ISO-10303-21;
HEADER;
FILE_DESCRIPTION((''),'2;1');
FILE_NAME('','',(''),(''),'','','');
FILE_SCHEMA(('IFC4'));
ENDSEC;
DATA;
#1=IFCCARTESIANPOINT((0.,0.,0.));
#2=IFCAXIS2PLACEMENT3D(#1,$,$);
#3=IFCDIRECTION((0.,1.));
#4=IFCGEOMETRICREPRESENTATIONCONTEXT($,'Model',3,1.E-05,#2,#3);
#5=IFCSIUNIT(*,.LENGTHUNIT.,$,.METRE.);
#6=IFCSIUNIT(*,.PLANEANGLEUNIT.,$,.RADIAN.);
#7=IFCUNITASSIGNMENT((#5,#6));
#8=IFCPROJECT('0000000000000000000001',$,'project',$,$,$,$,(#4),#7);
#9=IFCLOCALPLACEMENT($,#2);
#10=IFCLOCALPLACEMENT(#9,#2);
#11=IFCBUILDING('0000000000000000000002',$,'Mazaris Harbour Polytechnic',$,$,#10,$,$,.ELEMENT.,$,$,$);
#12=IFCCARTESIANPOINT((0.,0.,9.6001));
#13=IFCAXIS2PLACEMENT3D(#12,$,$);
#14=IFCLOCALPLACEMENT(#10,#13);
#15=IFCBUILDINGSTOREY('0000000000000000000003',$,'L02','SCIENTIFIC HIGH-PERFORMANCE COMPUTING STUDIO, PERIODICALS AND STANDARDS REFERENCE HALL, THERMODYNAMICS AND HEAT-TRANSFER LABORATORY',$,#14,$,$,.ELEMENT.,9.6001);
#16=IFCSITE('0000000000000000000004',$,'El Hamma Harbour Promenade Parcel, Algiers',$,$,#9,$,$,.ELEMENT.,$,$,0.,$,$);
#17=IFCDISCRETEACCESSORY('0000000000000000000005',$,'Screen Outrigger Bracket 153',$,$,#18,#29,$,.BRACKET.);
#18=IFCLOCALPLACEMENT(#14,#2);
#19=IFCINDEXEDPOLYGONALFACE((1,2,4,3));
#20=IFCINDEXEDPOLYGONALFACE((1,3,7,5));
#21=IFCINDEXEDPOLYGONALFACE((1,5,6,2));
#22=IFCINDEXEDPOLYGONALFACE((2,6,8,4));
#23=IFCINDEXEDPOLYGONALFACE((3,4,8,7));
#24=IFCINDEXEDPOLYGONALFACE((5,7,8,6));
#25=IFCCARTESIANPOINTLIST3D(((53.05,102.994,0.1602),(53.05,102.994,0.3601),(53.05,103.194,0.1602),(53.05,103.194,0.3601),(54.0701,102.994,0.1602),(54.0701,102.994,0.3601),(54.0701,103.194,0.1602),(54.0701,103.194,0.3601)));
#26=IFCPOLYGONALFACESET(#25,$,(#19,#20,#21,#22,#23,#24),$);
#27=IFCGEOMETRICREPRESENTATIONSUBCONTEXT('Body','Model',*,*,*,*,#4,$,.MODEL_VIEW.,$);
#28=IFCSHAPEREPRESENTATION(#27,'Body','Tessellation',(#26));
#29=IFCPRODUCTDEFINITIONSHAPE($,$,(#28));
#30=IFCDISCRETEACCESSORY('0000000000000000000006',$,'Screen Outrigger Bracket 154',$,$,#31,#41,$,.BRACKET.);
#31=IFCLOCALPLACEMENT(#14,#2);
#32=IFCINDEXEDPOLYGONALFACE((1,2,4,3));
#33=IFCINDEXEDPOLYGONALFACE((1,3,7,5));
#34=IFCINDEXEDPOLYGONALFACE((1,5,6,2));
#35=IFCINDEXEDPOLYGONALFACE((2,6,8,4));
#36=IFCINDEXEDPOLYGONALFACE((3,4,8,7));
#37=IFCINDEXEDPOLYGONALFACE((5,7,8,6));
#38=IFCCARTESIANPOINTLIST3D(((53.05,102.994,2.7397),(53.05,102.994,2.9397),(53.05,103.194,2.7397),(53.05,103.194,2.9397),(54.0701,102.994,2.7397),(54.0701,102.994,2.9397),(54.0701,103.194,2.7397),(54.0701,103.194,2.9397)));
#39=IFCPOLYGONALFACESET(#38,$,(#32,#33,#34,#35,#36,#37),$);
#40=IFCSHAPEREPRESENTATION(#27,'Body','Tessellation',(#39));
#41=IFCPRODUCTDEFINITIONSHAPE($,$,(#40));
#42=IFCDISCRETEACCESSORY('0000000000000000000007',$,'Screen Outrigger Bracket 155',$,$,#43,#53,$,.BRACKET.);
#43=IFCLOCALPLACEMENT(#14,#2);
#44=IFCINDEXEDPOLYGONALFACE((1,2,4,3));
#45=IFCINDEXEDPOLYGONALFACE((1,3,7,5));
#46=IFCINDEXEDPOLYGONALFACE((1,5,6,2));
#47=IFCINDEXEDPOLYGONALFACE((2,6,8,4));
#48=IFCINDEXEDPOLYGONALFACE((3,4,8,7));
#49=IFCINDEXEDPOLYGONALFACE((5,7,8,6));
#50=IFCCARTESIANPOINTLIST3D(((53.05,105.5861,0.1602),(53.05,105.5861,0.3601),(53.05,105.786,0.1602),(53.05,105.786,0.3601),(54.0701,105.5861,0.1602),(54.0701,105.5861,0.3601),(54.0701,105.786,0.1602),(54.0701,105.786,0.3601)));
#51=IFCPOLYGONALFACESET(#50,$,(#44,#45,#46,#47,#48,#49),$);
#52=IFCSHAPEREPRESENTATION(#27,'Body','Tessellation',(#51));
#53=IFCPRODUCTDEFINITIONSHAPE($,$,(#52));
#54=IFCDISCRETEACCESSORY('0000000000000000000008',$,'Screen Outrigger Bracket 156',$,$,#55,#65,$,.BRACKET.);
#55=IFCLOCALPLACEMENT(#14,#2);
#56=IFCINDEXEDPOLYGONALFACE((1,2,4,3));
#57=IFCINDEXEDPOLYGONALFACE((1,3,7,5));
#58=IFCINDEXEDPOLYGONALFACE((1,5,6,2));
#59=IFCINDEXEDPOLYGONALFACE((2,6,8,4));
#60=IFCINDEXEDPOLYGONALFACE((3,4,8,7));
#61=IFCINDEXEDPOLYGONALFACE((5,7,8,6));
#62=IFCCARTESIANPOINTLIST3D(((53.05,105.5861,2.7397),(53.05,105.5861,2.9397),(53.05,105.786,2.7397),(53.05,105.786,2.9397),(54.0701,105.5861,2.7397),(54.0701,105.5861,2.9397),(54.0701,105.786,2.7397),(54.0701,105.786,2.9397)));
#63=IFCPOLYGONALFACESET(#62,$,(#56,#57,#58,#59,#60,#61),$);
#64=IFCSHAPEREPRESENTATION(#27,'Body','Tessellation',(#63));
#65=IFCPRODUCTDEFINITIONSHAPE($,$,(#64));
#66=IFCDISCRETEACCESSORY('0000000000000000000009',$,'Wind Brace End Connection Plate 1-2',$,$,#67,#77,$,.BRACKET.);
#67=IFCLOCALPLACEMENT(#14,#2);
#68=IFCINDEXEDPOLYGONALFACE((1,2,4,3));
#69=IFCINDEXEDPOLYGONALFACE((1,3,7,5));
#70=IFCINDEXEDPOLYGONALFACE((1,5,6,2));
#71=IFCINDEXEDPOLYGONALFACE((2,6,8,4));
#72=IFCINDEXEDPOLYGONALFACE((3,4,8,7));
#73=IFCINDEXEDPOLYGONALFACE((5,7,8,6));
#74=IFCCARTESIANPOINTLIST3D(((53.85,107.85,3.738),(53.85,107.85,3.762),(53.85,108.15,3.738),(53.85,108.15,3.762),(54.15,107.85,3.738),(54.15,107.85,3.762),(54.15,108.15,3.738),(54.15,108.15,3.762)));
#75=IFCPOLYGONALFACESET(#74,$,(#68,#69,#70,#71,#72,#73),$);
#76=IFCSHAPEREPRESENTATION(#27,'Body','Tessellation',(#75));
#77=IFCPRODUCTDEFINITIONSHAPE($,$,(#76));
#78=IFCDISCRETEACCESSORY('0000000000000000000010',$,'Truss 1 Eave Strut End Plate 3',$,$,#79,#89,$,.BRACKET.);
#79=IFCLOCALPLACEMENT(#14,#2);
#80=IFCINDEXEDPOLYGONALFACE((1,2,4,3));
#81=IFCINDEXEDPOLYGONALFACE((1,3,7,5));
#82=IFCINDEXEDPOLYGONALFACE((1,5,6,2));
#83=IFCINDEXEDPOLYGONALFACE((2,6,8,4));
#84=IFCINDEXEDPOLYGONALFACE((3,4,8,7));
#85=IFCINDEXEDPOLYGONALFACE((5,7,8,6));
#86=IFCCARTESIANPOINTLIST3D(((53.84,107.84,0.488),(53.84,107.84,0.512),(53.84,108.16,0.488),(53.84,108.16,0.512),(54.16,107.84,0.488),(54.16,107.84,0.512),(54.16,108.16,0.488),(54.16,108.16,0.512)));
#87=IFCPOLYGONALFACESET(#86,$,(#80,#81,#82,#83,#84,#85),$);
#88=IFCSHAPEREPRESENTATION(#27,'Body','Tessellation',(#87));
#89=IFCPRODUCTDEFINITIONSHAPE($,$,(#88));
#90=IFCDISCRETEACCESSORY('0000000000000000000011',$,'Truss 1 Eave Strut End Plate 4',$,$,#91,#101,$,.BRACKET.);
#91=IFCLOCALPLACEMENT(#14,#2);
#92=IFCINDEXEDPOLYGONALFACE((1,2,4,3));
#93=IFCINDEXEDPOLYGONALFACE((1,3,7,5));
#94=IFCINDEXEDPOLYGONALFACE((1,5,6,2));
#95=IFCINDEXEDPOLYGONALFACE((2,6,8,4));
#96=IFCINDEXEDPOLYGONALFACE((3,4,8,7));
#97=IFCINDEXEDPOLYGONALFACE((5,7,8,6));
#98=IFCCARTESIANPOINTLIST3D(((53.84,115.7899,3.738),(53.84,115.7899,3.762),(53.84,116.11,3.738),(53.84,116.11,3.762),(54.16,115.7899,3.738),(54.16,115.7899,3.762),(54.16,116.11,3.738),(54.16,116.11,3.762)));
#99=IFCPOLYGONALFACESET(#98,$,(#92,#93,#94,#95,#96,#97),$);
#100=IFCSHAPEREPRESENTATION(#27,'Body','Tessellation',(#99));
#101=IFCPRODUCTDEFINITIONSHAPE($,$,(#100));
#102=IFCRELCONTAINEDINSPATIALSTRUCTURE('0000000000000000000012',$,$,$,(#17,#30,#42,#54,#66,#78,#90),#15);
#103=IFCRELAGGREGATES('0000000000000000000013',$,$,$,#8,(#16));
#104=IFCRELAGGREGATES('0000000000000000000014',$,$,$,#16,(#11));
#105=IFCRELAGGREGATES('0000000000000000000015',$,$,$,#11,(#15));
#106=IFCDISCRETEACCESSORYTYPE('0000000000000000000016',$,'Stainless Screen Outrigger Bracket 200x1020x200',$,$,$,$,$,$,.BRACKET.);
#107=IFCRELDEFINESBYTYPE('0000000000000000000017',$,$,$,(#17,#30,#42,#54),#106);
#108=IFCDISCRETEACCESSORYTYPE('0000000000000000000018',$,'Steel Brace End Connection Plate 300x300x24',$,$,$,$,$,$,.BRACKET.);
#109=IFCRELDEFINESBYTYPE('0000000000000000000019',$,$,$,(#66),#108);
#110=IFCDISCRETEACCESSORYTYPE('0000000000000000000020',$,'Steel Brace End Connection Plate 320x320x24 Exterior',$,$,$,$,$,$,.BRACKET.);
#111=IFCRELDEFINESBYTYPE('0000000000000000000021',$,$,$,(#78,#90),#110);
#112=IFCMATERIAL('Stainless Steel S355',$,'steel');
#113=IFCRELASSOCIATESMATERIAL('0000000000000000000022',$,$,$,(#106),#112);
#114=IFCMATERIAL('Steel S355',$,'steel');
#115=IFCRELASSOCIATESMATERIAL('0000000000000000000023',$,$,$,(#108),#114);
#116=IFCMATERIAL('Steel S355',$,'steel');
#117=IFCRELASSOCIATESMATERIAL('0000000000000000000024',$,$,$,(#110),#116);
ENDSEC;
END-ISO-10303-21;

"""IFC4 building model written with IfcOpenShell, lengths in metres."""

from ifc_helpers import new_model, si_unit, direction, frame, origin, origin_2d, place, context, subcontext, project, spatial, rectangle, extrude, material, type_object, element, save


model = new_model("IFC4")

# Units and contexts
model_context = context("Model", 3, precision=1e-05, world=origin(), true_north=direction((0.0, 1.0)))
body_context = subcontext(model_context, "Body", "Model", "MODEL_VIEW")
ifc_project = project(units=[si_unit("LENGTHUNIT", "METRE"), si_unit("PLANEANGLEUNIT", "RADIAN")], contexts=[model_context])

# Site, building, storey
site_placement = place(None, origin())
site = spatial("IfcSite", under=ifc_project, at=site_placement, Name="El Hamma Harbour Promenade Parcel, Algiers", CompositionType="ELEMENT", RefElevation=0.0)
building_placement = place(site_placement, origin())
building = spatial("IfcBuilding", under=site, at=building_placement, Name="Mazaris Harbour Polytechnic", CompositionType="ELEMENT")
storey_placement = place(building_placement, frame((0.0, 0.0, 9.6001)))
storey = spatial("IfcBuildingStorey", under=building, at=storey_placement, Name="L02", Description="SCIENTIFIC HIGH-PERFORMANCE COMPUTING STUDIO, PERIODICALS AND STANDARDS REFERENCE HALL, THERMODYNAMICS AND HEAT-TRANSFER LABORATORY", CompositionType="ELEMENT", Elevation=9.6001)

# Discrete accessories
ifc_material_1 = material(Name="Stainless Steel S355", Category="steel")
discrete_accessory_type_1 = type_object("IfcDiscreteAccessoryType", Name="Stainless Screen Outrigger Bracket 200x1020x200", PredefinedType="BRACKET", material=ifc_material_1)
for number, where, z_axis, x_axis, name in (
    (1, (53.5601, 103.094, 0.1602), (0.0, 0.0, 1.0), (0.0, 1.0, 0.0), "Screen Outrigger Bracket 153"),
    (2, (53.5601, 103.094, 2.7397), (0.0, 0.0, 1.0), (0.0, 1.0, 0.0), "Screen Outrigger Bracket 154"),
    (3, (53.5601, 105.686, 0.1602), (0.0, 0.0, 1.0), (0.0, 1.0, 0.0), "Screen Outrigger Bracket 155"),
    (4, (53.5601, 105.686, 2.7397), (0.0, 0.0, 1.0), (0.0, 1.0, 0.0), "Screen Outrigger Bracket 156"),
):
    element("IfcDiscreteAccessory", number, at=place(storey_placement, frame(where, z_axis=z_axis, x_axis=x_axis)), inside=storey, type_object=discrete_accessory_type_1, Name=name, PredefinedType="BRACKET", context=body_context, shape_type="SweptSolid", body=[
        extrude(rectangle(XDim=0.2, YDim=1.02, at=origin_2d()), origin(), (0.0, 0.0, 1.0), 0.2),
    ])
ifc_material_2 = material(Name="Steel S355", Category="steel")
discrete_accessory_type_2 = type_object("IfcDiscreteAccessoryType", Name="Steel Brace End Connection Plate 300x300x24", PredefinedType="BRACKET", material=ifc_material_2)
discrete_accessory_placement = place(storey_placement, frame((54.0, 108.0, 3.738), z_axis=(0.0, 0.0, 1.0), x_axis=(1.0, 0.0, 0.0)))
element("IfcDiscreteAccessory", 5, at=discrete_accessory_placement, inside=storey, type_object=discrete_accessory_type_2, Name="Wind Brace End Connection Plate 1-2", PredefinedType="BRACKET", context=body_context, shape_type="SweptSolid", body=[
    extrude(rectangle(XDim=0.3, YDim=0.3, at=origin_2d()), origin(), (0.0, 0.0, 1.0), 0.0239),
])
ifc_material_3 = material(Name="Steel S355", Category="steel")
discrete_accessory_type_3 = type_object("IfcDiscreteAccessoryType", Name="Steel Brace End Connection Plate 320x320x24 Exterior", PredefinedType="BRACKET", material=ifc_material_3)
for number, where, z_axis, x_axis, name in (
    (6, (54.0, 108.0, 0.488), (0.0, 0.0, 1.0), (1.0, 0.0, 0.0), "Truss 1 Eave Strut End Plate 3"),
    (7, (54.0, 115.95, 3.738), (0.0, 0.0, 1.0), (1.0, 0.0, 0.0), "Truss 1 Eave Strut End Plate 4"),
):
    element("IfcDiscreteAccessory", number, at=place(storey_placement, frame(where, z_axis=z_axis, x_axis=x_axis)), inside=storey, type_object=discrete_accessory_type_3, Name=name, PredefinedType="BRACKET", context=body_context, shape_type="SweptSolid", body=[
        extrude(rectangle(XDim=0.3201, YDim=0.3201, at=origin_2d()), origin(), (0.0, 0.0, 1.0), 0.0239),
    ])

save(model, "model.ifc")
